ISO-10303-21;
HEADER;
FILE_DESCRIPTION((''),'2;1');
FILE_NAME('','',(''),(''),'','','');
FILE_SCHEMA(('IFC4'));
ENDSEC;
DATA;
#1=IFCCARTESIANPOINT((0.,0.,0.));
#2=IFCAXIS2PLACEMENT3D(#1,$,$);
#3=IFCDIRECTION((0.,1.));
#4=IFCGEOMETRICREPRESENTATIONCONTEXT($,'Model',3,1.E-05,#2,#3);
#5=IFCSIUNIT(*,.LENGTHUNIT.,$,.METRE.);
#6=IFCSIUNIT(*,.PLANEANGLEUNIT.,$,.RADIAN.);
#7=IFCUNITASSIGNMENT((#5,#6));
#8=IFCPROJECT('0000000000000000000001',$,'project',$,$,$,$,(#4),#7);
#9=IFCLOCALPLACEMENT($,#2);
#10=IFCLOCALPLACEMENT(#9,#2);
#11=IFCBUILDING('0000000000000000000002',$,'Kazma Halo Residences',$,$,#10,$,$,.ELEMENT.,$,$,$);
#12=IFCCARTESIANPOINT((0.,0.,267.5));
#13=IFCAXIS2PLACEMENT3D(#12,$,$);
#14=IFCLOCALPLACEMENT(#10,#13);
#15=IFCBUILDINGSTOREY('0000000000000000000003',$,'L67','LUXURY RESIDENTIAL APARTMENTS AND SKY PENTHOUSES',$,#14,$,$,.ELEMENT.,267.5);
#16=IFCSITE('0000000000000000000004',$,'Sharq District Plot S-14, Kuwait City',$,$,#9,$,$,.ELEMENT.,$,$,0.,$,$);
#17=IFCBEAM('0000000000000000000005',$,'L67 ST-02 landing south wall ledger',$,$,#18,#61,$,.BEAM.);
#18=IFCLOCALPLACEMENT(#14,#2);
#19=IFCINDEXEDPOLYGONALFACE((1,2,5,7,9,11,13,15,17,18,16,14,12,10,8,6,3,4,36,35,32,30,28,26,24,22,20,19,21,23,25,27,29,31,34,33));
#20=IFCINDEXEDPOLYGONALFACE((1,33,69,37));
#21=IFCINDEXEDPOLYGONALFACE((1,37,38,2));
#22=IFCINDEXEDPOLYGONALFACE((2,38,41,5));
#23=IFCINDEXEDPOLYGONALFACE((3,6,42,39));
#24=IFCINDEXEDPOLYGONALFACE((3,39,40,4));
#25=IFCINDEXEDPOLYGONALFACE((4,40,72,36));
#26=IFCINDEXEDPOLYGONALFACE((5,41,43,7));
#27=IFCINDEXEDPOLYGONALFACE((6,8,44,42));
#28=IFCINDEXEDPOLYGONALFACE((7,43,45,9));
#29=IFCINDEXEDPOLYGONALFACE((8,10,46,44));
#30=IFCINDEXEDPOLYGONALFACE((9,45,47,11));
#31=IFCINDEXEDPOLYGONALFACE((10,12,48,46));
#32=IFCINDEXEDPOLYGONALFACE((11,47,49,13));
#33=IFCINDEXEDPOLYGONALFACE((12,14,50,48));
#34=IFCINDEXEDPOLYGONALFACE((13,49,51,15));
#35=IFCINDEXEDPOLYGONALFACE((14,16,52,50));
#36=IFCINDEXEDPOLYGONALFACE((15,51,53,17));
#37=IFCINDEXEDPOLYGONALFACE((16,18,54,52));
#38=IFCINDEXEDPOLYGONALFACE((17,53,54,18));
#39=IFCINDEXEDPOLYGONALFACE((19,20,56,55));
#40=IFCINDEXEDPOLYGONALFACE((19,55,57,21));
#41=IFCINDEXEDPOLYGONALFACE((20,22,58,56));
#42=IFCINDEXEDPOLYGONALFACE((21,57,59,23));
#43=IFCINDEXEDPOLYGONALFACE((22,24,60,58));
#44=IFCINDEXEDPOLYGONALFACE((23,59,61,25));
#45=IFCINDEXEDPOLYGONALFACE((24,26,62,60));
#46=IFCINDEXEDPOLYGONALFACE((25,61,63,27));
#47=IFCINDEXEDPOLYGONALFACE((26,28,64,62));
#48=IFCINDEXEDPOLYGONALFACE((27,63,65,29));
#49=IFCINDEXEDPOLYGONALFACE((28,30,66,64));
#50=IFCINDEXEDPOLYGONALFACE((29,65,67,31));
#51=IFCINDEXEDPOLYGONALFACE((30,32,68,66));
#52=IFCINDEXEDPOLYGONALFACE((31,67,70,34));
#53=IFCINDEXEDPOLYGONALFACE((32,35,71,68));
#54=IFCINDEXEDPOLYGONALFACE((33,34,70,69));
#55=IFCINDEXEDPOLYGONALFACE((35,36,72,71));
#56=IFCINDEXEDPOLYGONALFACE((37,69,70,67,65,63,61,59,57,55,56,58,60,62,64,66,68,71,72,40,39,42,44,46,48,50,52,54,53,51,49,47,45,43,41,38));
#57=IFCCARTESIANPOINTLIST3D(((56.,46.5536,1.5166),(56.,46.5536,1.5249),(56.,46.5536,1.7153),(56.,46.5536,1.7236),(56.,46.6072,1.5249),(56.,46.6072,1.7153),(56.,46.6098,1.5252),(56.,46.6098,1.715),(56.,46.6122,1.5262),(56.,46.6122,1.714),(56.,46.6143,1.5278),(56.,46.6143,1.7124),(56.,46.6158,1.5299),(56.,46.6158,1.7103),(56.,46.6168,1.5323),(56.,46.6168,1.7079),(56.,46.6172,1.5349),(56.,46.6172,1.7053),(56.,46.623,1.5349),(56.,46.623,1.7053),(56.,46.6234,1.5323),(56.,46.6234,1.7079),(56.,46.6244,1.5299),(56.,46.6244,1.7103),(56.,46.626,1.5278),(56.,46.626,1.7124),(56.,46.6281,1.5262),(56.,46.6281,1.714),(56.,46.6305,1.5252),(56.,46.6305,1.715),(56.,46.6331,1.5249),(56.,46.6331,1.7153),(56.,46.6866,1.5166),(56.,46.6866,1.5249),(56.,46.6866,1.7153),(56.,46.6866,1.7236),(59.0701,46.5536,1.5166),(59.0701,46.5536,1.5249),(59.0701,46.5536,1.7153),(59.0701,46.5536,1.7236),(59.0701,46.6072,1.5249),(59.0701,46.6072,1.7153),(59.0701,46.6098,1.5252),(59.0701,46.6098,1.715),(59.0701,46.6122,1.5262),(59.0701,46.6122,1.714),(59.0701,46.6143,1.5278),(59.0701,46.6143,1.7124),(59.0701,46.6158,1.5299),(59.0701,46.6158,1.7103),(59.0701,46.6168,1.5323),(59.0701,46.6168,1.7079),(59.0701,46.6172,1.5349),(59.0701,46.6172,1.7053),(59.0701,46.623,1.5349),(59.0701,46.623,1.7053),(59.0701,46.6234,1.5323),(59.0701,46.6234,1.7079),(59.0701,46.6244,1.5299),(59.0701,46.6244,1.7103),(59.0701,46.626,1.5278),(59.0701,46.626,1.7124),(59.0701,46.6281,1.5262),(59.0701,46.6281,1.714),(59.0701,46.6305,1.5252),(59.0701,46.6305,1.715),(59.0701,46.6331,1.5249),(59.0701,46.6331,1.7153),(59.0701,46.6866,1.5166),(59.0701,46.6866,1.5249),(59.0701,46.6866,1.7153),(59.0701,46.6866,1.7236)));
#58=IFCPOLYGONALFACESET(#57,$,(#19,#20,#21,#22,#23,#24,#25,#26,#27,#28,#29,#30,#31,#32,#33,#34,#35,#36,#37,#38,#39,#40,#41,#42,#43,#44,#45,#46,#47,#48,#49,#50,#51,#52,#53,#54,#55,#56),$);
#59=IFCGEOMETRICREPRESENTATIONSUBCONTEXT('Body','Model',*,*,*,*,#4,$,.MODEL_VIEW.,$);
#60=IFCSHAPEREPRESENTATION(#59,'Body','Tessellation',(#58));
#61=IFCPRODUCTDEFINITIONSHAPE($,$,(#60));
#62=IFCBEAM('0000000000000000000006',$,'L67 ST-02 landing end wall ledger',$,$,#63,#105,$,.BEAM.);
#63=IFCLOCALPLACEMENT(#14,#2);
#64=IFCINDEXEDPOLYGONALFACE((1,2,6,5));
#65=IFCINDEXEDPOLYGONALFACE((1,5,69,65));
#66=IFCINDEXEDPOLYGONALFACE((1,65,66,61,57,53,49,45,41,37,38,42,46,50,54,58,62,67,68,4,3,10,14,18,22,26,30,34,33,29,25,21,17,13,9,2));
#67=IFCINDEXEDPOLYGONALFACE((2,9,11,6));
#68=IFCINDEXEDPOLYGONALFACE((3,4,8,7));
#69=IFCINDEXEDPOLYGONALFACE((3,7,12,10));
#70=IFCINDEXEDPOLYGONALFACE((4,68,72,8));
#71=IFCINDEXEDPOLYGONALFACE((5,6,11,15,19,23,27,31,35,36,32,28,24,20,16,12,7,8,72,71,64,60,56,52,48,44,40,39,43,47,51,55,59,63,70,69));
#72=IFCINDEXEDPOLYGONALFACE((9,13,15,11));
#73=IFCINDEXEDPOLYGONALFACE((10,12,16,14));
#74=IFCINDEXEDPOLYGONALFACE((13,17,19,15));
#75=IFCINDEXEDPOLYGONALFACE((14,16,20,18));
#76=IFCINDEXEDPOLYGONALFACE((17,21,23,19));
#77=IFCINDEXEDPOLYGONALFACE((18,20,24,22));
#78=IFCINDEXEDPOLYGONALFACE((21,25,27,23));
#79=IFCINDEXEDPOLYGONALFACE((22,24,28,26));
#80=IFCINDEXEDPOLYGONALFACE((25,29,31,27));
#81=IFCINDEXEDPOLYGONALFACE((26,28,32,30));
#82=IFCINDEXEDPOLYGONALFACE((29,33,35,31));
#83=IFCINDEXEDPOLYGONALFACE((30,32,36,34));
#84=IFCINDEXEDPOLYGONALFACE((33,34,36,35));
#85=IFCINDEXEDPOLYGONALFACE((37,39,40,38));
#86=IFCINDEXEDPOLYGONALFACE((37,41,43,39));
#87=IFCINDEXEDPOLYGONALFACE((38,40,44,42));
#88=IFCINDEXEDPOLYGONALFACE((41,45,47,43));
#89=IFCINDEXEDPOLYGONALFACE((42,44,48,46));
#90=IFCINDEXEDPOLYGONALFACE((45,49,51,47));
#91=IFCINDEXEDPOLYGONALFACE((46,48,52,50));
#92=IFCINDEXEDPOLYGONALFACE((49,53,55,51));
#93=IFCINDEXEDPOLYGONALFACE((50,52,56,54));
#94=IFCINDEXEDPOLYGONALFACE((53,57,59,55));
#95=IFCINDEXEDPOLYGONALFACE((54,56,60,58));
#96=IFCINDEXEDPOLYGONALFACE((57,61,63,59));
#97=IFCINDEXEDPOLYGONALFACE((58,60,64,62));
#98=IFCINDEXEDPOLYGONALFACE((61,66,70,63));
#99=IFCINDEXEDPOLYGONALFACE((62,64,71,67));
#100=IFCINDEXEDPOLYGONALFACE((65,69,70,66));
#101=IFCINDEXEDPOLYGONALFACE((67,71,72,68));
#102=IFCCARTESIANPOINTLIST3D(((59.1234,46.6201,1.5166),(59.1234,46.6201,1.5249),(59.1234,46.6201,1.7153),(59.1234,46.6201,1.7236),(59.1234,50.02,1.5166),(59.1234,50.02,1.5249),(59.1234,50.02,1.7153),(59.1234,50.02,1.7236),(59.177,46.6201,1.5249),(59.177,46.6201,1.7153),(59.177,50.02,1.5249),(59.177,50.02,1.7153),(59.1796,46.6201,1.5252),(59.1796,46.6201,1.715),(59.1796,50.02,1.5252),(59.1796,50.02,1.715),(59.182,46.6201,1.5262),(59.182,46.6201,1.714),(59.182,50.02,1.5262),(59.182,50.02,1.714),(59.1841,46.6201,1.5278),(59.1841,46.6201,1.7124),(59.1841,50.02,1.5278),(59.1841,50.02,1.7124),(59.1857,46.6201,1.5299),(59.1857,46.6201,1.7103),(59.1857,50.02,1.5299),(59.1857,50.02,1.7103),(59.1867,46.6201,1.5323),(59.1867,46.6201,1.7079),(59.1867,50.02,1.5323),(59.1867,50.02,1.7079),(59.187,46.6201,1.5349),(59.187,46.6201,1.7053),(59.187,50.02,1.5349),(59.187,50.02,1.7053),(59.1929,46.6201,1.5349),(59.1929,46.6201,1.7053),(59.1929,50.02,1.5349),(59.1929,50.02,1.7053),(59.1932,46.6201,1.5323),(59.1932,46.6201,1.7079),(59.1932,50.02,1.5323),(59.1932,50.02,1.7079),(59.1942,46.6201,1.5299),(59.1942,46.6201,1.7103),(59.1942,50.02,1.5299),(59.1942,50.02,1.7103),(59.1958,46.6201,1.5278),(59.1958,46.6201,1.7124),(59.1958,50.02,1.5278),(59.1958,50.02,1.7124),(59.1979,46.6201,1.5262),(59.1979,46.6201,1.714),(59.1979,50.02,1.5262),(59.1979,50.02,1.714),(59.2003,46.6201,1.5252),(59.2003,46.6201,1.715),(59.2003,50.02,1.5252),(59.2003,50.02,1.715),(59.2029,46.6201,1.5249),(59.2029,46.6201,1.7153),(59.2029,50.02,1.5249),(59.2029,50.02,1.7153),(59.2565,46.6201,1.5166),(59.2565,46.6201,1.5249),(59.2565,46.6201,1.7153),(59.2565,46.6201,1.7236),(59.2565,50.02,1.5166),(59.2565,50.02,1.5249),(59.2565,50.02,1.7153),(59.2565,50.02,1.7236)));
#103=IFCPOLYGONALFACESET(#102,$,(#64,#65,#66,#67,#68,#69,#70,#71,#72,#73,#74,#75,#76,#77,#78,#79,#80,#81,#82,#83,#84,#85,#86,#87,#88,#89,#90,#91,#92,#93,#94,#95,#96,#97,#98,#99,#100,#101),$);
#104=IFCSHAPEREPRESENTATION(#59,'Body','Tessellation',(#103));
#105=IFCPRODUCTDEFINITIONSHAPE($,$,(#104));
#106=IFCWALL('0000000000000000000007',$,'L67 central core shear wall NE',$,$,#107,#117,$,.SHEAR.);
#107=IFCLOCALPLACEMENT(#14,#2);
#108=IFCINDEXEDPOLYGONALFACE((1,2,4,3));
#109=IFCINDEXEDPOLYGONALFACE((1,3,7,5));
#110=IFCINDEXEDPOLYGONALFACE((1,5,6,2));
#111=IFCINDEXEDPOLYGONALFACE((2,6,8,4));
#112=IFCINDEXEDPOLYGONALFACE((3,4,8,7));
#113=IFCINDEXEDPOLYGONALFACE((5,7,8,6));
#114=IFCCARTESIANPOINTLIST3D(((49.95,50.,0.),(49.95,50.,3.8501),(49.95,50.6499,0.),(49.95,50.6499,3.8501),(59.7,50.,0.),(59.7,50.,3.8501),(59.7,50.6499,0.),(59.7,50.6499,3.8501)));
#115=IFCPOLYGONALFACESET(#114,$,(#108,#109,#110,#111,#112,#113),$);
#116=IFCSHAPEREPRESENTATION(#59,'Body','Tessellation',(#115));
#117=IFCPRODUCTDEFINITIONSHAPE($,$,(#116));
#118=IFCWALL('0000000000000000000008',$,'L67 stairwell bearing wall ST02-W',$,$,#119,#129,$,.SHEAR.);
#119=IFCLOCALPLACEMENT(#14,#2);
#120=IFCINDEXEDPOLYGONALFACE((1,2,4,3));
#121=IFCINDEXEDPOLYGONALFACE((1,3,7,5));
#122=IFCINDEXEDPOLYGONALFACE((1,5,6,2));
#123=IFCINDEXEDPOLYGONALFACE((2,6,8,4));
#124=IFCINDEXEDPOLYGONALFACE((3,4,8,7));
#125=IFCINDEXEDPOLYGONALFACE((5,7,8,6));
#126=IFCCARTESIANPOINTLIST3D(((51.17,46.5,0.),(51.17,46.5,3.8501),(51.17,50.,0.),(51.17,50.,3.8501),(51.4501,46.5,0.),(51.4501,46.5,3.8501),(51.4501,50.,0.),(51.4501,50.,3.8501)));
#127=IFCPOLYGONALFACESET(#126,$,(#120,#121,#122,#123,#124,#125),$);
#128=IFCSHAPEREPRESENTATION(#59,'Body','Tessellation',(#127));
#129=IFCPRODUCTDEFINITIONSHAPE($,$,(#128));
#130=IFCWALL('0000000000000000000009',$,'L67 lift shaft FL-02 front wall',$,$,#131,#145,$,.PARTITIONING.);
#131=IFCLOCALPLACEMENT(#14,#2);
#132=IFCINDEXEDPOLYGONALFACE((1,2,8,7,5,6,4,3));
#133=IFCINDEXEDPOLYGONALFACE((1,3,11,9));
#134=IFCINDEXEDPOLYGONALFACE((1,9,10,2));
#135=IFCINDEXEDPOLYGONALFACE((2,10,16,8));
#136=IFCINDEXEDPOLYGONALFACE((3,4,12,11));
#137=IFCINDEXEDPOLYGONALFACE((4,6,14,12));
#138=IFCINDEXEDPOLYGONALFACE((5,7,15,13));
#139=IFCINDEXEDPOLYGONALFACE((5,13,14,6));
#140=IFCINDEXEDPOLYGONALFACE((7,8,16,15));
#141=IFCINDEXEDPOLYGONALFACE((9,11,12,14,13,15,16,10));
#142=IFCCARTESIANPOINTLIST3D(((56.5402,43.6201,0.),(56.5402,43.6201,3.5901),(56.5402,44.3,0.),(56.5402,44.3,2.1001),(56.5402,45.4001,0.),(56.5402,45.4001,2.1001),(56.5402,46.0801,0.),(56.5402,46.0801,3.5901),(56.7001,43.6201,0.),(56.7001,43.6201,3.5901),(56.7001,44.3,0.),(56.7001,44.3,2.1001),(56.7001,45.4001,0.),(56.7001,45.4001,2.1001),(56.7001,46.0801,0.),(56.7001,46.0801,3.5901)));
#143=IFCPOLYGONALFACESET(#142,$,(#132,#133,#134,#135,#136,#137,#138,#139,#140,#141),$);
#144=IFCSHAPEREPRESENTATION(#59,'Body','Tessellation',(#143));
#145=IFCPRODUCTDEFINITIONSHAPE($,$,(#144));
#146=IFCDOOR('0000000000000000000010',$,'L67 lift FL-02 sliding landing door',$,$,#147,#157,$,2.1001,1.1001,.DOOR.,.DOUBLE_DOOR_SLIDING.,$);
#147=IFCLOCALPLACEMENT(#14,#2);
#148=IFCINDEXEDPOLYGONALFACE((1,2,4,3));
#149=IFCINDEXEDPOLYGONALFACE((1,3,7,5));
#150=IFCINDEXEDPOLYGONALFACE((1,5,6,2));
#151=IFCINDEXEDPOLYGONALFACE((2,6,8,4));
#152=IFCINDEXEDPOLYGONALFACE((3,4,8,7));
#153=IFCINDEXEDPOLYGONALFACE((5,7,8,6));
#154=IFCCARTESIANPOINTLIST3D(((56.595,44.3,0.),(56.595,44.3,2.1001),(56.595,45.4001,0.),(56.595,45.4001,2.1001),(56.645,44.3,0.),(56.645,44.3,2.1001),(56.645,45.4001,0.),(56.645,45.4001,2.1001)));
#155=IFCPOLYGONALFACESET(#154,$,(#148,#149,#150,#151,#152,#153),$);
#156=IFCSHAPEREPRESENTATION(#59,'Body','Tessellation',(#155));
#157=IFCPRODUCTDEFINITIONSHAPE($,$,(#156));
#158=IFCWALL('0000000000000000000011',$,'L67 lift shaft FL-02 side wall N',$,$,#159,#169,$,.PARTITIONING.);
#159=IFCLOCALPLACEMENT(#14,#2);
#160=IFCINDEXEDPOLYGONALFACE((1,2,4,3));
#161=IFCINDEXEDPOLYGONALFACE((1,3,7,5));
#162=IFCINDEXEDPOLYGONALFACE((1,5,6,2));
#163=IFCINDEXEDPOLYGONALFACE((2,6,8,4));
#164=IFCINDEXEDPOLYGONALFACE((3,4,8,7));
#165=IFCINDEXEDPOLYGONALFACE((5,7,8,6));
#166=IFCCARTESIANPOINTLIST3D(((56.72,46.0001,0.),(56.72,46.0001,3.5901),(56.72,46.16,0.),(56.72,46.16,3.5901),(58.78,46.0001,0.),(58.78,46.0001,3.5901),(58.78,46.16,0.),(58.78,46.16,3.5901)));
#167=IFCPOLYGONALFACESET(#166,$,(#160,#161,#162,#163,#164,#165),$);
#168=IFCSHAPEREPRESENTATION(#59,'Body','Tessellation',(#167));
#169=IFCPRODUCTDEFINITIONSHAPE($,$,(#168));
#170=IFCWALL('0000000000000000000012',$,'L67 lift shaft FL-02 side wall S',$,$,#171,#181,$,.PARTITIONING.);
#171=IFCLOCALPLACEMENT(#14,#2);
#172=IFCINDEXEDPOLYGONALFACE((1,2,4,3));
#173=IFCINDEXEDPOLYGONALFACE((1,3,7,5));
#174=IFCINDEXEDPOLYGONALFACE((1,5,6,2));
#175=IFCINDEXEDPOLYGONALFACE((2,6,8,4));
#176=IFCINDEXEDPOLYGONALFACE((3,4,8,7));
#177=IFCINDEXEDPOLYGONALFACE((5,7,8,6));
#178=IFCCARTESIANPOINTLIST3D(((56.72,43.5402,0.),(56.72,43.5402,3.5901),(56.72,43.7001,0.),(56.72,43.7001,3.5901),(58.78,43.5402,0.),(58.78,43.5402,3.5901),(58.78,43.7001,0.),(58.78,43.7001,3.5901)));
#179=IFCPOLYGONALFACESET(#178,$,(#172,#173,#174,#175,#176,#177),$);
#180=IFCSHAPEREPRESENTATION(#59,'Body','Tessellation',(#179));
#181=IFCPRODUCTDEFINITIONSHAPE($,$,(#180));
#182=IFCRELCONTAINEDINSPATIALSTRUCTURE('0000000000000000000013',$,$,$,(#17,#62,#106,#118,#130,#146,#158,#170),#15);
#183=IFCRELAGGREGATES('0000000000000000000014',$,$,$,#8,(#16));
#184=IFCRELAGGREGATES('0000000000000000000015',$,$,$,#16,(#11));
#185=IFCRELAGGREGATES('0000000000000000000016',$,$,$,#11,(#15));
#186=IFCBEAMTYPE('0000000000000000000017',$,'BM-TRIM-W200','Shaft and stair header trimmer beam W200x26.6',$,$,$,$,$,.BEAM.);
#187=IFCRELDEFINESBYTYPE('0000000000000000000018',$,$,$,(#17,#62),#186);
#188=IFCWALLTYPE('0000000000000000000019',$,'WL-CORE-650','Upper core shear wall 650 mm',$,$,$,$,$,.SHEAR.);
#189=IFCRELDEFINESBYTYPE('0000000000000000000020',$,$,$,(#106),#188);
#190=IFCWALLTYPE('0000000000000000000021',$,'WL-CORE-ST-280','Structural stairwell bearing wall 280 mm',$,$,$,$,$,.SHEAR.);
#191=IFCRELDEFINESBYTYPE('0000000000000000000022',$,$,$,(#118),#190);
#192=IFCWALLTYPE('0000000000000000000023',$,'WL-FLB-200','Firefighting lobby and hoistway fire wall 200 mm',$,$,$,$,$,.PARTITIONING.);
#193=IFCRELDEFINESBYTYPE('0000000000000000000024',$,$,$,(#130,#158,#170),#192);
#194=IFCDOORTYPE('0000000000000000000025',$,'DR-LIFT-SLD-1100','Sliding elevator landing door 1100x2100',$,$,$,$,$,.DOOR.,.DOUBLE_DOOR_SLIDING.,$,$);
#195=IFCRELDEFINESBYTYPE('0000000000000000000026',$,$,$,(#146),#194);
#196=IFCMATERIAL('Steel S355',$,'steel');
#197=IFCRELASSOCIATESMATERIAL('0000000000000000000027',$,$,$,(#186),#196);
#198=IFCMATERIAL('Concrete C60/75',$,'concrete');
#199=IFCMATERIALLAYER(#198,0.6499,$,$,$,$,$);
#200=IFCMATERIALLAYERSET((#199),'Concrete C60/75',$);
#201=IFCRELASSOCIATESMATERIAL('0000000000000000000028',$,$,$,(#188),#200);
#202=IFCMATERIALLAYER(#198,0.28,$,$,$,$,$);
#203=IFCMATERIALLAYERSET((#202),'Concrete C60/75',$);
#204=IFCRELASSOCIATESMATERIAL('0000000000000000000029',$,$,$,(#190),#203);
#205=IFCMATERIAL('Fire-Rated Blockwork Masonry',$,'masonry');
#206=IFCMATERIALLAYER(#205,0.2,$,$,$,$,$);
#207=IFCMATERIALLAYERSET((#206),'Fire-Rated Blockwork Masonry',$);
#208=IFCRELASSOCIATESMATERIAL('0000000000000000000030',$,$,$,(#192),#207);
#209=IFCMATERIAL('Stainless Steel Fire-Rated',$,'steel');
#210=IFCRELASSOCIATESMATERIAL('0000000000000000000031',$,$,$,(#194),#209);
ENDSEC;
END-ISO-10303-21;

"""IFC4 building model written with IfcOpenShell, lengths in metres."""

from ifc_helpers import new_model, si_unit, direction, frame, frame_2d, origin, origin_2d, place, context, subcontext, project, spatial, rectangle, i_section, extrude, material, layer, layer_set, material_profile, profile_set, type_object, element, fill, save


model = new_model("IFC4")

# Units and contexts
model_context = context("Model", 3, precision=1e-05, world=origin(), true_north=direction((0.0, 1.0)))
body_context = subcontext(model_context, "Body", "Model", "MODEL_VIEW")
ifc_project = project(units=[si_unit("LENGTHUNIT", "METRE"), si_unit("PLANEANGLEUNIT", "RADIAN")], contexts=[model_context])

# Site, building, storey
site_placement = place(None, origin())
site = spatial("IfcSite", under=ifc_project, at=site_placement, Name="Sharq District Plot S-14, Kuwait City", CompositionType="ELEMENT", RefElevation=0.0)
building_placement = place(site_placement, origin())
building = spatial("IfcBuilding", under=site, at=building_placement, Name="Kazma Halo Residences", CompositionType="ELEMENT")
storey_placement = place(building_placement, frame((0.0, 0.0, 267.5)))
storey = spatial("IfcBuildingStorey", under=building, at=storey_placement, Name="L67", Description="LUXURY RESIDENTIAL APARTMENTS AND SKY PENTHOUSES", CompositionType="ELEMENT", Elevation=267.5)

# Shared definitions
ifc_material_1 = material(Name="Steel S355", Category="steel")

# Beams
ifc_material_profile_1 = material_profile(ifc_material_1, i_section(OverallWidth=0.1331, OverallDepth=0.207, WebThickness=0.0059, FlangeThickness=0.0083, FilletRadius=0.01, at=origin_2d()), Name="W200x26.6")
ifc_profile_set_1 = profile_set([ifc_material_profile_1], Name="Steel S355")
beam_type_1 = type_object("IfcBeamType", Name="BM-TRIM-W200", Description="Shaft and stair header trimmer beam W200x26.6", PredefinedType="BEAM", material=ifc_profile_set_1)
beam_1_placement = place(storey_placement, frame((56.0, 46.6201, 1.6201), z_axis=(1.0, 0.0, 0.0), x_axis=(0.0, 1.0, 0.0)))
element("IfcBeam", 1, at=beam_1_placement, inside=storey, type_object=beam_type_1, Name="L67 ST-02 landing south wall ledger", PredefinedType="BEAM", context=body_context, shape_type="SweptSolid", body=[
    extrude(i_section(OverallWidth=0.1331, OverallDepth=0.207, WebThickness=0.0059, FlangeThickness=0.0083, FilletRadius=0.01, at=origin_2d()), origin(), (0.0, 0.0, 1.0), 3.0701),
])
beam_2_placement = place(storey_placement, frame((59.1899, 46.6201, 1.6201), z_axis=(0.0, 1.0, 0.0), x_axis=(-1.0, 0.0, 0.0)))
element("IfcBeam", 2, at=beam_2_placement, inside=storey, type_object=beam_type_1, Name="L67 ST-02 landing end wall ledger", PredefinedType="BEAM", context=body_context, shape_type="SweptSolid", body=[
    extrude(i_section(OverallWidth=0.1331, OverallDepth=0.207, WebThickness=0.0059, FlangeThickness=0.0083, FilletRadius=0.01, at=origin_2d()), origin(), (0.0, 0.0, 1.0), 3.3999),
])

# Walls
ifc_material_2 = material(Name="Concrete C60/75", Category="concrete")
ifc_layer_1 = layer(ifc_material_2, 0.6499)
ifc_layer_set_1 = layer_set([ifc_layer_1], Name="Concrete C60/75")
wall_type_1 = type_object("IfcWallType", Name="WL-CORE-650", Description="Upper core shear wall 650 mm", PredefinedType="SHEAR", material=ifc_layer_set_1)
wall_1_placement = place(storey_placement, frame((49.95, 50.325, 0.0), z_axis=(0.0, 0.0, 1.0), x_axis=(1.0, 0.0, 0.0)))
element("IfcWall", 3, at=wall_1_placement, inside=storey, type_object=wall_type_1, Name="L67 central core shear wall NE", PredefinedType="SHEAR", context=body_context, shape_type="SweptSolid", body=[
    extrude(rectangle(XDim=9.75, YDim=0.6499, at=frame_2d((4.875, 0.0))), origin(), (0.0, 0.0, 1.0), 3.8501),
])
ifc_layer_2 = layer(ifc_material_2, 0.28)
ifc_layer_set_2 = layer_set([ifc_layer_2], Name="Concrete C60/75")
wall_type_2 = type_object("IfcWallType", Name="WL-CORE-ST-280", Description="Structural stairwell bearing wall 280 mm", PredefinedType="SHEAR", material=ifc_layer_set_2)
wall_2_placement = place(storey_placement, frame((51.3101, 46.5, 0.0), z_axis=(0.0, 0.0, 1.0), x_axis=(0.0, 1.0, 0.0)))
element("IfcWall", 4, at=wall_2_placement, inside=storey, type_object=wall_type_2, Name="L67 stairwell bearing wall ST02-W", PredefinedType="SHEAR", context=body_context, shape_type="SweptSolid", body=[
    extrude(rectangle(XDim=3.5, YDim=0.28, at=frame_2d((1.75, 0.0))), origin(), (0.0, 0.0, 1.0), 3.8501),
])

# Wall, opening, door
ifc_material_3 = material(Name="Fire-Rated Blockwork Masonry", Category="masonry")
ifc_layer_3 = layer(ifc_material_3, 0.2)
ifc_layer_set_3 = layer_set([ifc_layer_3], Name="Fire-Rated Blockwork Masonry")
wall_type_3 = type_object("IfcWallType", Name="WL-FLB-200", Description="Firefighting lobby and hoistway fire wall 200 mm", PredefinedType="PARTITIONING", material=ifc_layer_set_3)
wall_3_placement = place(storey_placement, frame((56.6201, 46.0801, 0.0), z_axis=(0.0, 0.0, 1.0), x_axis=(0.0, -1.0, 0.0)))
wall_3 = element("IfcWall", 5, at=wall_3_placement, inside=storey, type_object=wall_type_3, Name="L67 lift shaft FL-02 front wall", PredefinedType="PARTITIONING", context=body_context, shape_type="SweptSolid", body=[
    extrude(rectangle(XDim=2.46, YDim=0.1599, at=frame_2d((1.23, 0.0))), origin(), (0.0, 0.0, 1.0), 3.5901),
])
opening_1_placement = place(wall_3_placement, frame((0.6799, 0.0, 0.0)))
opening_1 = element("IfcOpeningElement", 6, at=opening_1_placement, cuts=wall_3, PredefinedType="OPENING", context=body_context, shape_type="SweptSolid", body=[
    extrude(rectangle(XDim=1.1001, YDim=2.1001, at=frame_2d((0.55, 1.05))), frame((0.0, 0.0898, 0.0), z_axis=(0.0, -1.0, 0.0), x_axis=(1.0, 0.0, 0.0)), (0.0, 0.0, 1.0), 0.1799),
])
ifc_material_4 = material(Name="Stainless Steel Fire-Rated", Category="steel")
door_type_1 = type_object("IfcDoorType", Name="DR-LIFT-SLD-1100", Description="Sliding elevator landing door 1100x2100", OperationType="DOUBLE_DOOR_SLIDING", PredefinedType="DOOR", material=ifc_material_4)
door_1_placement = place(opening_1_placement, origin())
door_1 = element("IfcDoor", 7, at=door_1_placement, inside=storey, type_object=door_type_1, Name="L67 lift FL-02 sliding landing door", OperationType="DOUBLE_DOOR_SLIDING", OverallHeight=2.1001, OverallWidth=1.1001, PredefinedType="DOOR", context=body_context, shape_type="SweptSolid", body=[
    extrude(rectangle(XDim=1.1001, YDim=2.1001, at=frame_2d((0.55, 1.05))), frame((0.0, 0.0249, 0.0), z_axis=(0.0, -1.0, 0.0), x_axis=(1.0, 0.0, 0.0)), (0.0, 0.0, 1.0), 0.05),
])
fill(opening_1, door_1)

# Walls
for number, where, z_axis, x_axis, name in (
    (8, (56.72, 46.0801, 0.0), (0.0, 0.0, 1.0), (1.0, 0.0, 0.0), "L67 lift shaft FL-02 side wall N"),
    (9, (56.72, 43.6201, 0.0), (0.0, 0.0, 1.0), (1.0, 0.0, 0.0), "L67 lift shaft FL-02 side wall S"),
):
    element("IfcWall", number, at=place(storey_placement, frame(where, z_axis=z_axis, x_axis=x_axis)), inside=storey, type_object=wall_type_3, Name=name, PredefinedType="PARTITIONING", context=body_context, shape_type="SweptSolid", body=[
        extrude(rectangle(XDim=2.0601, YDim=0.1599, at=frame_2d((1.03, 0.0))), origin(), (0.0, 0.0, 1.0), 3.5901),
    ])

save(model, "model.ifc")
